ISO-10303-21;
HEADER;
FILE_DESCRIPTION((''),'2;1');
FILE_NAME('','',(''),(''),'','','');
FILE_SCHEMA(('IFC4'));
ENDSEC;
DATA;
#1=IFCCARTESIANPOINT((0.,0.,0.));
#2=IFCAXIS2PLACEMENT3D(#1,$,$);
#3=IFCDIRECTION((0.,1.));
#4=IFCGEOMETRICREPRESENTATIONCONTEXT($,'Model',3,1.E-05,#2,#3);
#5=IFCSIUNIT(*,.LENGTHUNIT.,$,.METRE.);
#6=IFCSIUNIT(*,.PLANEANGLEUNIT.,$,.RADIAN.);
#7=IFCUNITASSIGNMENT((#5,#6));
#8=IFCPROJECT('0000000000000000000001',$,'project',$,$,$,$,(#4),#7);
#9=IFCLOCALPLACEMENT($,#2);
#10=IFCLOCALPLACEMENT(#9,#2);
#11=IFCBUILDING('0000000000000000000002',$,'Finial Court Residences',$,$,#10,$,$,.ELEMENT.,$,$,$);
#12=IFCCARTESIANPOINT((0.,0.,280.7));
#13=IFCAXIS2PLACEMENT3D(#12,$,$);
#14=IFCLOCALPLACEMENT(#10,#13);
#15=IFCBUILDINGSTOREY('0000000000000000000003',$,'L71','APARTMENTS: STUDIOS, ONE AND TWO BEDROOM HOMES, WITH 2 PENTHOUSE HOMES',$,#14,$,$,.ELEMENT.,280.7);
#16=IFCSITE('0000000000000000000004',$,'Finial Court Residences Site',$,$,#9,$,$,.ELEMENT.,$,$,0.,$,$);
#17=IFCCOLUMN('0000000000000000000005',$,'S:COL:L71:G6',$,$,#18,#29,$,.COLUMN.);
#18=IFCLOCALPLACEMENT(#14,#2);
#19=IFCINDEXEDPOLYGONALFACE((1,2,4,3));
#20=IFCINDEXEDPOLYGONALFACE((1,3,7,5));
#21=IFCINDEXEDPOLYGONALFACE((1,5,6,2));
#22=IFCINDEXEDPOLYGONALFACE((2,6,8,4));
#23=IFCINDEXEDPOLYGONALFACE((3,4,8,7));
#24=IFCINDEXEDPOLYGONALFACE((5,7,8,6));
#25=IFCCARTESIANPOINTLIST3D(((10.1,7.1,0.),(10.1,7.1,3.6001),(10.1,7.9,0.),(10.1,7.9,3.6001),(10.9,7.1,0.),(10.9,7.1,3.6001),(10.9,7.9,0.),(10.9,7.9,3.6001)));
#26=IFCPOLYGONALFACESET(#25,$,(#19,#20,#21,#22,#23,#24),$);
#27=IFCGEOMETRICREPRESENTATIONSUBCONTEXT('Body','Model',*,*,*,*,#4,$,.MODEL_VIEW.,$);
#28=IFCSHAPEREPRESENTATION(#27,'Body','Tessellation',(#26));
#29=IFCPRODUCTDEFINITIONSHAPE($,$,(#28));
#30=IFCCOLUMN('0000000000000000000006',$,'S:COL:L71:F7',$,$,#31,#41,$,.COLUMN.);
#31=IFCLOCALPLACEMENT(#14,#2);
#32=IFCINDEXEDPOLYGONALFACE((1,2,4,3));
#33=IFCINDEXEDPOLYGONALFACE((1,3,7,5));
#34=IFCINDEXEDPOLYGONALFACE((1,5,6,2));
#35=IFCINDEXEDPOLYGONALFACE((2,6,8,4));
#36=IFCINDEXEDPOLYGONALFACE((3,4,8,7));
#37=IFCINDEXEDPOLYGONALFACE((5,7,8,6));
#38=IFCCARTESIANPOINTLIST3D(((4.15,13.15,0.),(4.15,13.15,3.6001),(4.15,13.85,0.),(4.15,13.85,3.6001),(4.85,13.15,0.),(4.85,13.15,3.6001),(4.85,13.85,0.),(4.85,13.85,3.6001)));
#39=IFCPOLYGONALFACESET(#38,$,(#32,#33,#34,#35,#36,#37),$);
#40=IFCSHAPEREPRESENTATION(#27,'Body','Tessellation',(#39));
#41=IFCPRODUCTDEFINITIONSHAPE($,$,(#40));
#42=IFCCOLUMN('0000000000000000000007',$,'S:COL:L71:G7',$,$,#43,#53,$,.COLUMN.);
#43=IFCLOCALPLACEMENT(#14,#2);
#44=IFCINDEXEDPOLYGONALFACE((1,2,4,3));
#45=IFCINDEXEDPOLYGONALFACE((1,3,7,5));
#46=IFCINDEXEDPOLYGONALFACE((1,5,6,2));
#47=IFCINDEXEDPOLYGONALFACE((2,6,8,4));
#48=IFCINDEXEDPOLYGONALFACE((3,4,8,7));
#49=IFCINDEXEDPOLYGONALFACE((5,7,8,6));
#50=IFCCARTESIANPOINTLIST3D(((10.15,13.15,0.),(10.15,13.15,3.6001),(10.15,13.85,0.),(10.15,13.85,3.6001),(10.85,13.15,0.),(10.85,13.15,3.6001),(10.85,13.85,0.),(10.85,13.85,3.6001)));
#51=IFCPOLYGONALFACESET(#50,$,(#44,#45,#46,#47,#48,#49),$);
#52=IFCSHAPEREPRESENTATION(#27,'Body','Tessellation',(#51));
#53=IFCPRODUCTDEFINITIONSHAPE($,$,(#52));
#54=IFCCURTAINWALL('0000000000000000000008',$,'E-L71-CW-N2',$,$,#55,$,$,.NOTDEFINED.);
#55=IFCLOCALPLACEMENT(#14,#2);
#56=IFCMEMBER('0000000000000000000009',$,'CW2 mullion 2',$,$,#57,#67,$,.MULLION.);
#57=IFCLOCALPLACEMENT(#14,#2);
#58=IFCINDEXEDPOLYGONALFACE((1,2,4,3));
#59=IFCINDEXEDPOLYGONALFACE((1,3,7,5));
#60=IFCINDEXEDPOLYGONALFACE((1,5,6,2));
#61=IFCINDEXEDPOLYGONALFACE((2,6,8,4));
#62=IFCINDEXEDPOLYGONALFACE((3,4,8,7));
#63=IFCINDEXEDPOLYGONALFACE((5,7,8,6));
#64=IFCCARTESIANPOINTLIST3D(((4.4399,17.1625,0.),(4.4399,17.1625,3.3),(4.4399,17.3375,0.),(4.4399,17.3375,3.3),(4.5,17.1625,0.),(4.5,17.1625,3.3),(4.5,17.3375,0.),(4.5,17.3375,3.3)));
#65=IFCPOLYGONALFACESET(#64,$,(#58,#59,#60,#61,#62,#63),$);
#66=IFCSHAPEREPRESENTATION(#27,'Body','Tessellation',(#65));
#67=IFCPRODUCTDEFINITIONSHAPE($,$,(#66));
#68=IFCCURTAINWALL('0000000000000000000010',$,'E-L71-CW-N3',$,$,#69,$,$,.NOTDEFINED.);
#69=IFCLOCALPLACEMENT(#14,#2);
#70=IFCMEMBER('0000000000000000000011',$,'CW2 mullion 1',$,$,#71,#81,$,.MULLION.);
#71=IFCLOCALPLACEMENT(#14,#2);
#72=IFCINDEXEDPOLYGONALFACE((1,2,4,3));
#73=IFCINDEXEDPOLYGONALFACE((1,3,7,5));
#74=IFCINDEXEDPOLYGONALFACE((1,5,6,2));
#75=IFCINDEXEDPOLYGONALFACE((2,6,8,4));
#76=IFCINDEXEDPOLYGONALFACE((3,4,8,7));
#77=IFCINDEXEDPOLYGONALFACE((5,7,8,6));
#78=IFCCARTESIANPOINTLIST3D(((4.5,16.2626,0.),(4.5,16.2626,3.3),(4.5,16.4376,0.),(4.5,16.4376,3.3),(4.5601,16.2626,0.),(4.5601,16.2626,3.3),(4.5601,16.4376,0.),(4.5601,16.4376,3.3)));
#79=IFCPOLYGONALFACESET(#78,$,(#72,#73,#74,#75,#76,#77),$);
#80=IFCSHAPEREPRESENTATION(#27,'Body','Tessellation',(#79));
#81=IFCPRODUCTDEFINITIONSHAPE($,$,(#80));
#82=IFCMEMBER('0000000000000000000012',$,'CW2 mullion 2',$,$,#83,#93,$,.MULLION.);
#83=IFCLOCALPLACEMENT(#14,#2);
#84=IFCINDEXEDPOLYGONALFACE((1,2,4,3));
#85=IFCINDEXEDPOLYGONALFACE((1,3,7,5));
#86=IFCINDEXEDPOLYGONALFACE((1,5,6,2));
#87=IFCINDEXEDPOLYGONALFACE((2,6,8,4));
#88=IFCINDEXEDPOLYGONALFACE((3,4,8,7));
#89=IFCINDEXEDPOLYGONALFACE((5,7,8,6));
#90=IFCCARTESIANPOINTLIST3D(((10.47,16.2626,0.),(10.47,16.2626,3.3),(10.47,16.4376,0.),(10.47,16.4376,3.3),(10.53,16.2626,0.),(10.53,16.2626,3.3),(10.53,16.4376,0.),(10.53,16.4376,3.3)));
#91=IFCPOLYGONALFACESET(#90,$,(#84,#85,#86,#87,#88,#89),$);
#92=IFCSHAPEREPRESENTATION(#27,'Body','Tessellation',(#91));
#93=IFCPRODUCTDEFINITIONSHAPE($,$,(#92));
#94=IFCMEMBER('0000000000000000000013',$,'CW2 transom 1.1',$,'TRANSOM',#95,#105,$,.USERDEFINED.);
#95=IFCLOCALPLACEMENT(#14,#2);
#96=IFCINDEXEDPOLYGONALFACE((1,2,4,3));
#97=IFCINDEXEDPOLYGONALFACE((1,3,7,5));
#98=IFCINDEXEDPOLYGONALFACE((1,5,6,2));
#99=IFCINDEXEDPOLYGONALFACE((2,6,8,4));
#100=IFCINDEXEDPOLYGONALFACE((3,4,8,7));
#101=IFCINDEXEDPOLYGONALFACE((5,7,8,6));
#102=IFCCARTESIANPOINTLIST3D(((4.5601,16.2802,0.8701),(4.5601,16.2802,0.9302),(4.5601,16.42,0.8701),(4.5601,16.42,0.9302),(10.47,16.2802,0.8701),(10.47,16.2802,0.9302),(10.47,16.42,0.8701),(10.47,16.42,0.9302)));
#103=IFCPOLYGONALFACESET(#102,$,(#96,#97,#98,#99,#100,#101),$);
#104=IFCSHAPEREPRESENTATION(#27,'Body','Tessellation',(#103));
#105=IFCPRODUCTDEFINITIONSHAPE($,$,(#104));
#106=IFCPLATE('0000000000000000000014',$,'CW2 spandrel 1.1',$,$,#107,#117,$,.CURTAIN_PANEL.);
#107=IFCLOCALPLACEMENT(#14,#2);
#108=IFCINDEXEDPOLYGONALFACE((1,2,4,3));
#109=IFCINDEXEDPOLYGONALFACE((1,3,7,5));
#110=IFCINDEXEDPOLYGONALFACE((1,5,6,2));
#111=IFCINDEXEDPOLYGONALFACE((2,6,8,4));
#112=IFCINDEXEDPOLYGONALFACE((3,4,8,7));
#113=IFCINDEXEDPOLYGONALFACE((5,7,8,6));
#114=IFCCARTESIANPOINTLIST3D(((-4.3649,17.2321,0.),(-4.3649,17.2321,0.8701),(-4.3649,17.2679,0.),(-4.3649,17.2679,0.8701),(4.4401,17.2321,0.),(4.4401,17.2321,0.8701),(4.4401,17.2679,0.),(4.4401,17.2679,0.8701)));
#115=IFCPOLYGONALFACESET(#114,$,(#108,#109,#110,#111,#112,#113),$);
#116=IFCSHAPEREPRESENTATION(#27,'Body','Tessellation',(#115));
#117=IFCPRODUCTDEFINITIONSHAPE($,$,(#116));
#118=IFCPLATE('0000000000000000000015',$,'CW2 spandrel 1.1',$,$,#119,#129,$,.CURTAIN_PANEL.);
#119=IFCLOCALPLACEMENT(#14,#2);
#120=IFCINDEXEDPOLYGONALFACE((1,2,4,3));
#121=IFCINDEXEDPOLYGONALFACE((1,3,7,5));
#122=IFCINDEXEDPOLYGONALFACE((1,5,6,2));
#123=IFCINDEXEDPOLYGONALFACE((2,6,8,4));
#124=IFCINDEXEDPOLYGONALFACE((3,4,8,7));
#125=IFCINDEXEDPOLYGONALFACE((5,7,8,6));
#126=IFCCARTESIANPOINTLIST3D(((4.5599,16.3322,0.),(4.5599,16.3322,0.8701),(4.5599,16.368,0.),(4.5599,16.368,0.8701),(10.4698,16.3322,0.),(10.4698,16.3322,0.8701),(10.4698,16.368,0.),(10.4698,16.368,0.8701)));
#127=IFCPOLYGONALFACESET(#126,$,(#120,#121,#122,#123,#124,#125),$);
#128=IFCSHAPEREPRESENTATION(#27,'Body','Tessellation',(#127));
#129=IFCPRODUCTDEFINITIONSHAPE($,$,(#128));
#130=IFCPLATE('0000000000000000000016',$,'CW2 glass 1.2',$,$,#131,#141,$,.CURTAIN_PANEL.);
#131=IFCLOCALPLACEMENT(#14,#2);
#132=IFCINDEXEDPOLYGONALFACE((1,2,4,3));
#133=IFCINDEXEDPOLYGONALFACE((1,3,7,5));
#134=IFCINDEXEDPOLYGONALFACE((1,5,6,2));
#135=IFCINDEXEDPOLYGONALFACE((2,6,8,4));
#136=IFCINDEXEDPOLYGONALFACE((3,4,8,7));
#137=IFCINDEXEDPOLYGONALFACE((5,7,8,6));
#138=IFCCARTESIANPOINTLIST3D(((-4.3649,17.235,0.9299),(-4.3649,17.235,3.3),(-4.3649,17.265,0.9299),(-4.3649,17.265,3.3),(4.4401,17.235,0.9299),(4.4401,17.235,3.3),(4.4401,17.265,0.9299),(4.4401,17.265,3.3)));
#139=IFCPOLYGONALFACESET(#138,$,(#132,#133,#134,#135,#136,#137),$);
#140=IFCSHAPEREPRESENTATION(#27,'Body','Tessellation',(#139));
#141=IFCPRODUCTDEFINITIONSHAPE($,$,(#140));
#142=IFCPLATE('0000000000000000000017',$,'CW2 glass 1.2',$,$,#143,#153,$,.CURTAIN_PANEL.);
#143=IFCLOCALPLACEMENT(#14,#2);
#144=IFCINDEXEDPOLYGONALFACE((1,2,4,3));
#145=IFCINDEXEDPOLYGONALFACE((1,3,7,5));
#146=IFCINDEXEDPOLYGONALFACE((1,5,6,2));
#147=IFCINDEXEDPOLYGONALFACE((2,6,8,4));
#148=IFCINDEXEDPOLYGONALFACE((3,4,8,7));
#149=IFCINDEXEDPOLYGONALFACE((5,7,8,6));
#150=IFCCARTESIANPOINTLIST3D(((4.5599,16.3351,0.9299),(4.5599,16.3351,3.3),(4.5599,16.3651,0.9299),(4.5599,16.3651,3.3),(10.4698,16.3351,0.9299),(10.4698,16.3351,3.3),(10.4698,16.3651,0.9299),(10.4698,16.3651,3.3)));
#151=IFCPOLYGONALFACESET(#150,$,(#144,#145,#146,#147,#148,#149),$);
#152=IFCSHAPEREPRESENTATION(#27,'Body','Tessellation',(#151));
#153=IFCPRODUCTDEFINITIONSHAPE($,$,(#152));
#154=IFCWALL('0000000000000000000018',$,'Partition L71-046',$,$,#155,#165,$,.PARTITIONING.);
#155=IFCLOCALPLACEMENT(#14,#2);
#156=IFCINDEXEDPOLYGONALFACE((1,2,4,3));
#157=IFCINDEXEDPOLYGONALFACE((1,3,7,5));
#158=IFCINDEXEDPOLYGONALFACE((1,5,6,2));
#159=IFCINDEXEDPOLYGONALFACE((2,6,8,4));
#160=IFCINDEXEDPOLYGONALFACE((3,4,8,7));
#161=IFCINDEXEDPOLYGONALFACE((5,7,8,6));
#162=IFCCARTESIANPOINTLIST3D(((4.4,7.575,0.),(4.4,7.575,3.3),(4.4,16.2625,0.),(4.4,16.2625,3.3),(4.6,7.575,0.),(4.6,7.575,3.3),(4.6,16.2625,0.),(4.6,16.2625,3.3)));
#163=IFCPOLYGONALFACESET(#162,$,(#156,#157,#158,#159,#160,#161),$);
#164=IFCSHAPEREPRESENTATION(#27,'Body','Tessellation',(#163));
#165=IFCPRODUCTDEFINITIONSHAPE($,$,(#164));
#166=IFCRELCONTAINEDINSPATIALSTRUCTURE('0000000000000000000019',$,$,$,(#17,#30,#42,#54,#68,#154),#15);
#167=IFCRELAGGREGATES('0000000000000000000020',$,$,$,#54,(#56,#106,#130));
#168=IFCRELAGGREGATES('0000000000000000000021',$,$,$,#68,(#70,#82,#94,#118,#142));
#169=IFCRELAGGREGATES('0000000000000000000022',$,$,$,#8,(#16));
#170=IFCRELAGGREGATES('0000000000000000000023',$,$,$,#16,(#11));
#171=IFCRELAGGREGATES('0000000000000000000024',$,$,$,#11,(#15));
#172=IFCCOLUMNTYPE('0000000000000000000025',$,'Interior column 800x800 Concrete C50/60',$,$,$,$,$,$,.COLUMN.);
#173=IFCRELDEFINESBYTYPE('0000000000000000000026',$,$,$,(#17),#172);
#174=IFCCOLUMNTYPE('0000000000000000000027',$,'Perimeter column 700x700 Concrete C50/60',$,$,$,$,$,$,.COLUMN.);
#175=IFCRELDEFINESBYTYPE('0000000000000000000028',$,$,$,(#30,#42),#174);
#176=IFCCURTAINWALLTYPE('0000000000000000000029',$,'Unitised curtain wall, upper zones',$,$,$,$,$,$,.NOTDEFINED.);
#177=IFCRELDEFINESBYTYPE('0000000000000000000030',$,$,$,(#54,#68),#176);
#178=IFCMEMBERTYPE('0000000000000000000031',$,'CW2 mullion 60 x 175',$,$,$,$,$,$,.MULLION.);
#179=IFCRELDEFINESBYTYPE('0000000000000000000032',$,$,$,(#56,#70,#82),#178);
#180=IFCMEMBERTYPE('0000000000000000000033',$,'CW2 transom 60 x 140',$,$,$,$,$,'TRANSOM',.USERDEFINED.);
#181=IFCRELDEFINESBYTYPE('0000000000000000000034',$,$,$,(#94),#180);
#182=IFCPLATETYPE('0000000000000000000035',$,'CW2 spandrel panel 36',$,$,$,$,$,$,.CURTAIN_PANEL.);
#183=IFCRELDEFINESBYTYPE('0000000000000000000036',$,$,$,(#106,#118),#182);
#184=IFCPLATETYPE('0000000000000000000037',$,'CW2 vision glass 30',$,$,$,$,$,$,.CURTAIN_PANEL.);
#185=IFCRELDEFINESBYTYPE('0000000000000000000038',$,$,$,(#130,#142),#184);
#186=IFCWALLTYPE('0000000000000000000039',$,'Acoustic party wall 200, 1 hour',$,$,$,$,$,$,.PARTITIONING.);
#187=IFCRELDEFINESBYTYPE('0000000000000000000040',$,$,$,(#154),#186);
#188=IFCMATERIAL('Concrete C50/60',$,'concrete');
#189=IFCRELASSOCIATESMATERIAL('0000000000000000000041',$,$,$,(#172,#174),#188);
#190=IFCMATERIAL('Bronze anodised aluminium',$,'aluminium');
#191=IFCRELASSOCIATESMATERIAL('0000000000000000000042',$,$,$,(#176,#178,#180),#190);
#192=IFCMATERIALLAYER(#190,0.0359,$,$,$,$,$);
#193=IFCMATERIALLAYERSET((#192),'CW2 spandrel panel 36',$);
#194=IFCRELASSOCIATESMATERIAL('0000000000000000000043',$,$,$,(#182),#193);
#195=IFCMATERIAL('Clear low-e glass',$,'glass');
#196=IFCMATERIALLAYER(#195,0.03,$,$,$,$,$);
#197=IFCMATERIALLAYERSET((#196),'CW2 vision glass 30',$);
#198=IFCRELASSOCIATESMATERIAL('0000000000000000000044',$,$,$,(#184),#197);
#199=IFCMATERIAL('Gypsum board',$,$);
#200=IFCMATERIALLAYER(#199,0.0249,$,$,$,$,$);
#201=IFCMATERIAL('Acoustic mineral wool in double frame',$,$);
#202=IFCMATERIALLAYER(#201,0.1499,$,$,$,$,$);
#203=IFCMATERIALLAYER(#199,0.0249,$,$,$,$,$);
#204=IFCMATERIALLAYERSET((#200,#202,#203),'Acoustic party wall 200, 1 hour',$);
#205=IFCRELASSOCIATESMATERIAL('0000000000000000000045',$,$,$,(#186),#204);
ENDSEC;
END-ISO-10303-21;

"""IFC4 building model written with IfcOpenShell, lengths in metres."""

from ifc_helpers import new_model, si_unit, direction, frame, frame_2d, origin, origin_2d, place, context, subcontext, project, spatial, rectangle, extrude, material, layer, layer_set, material_profile, profile_set, type_object, element, aggregate, save


model = new_model("IFC4")

# Units and contexts
model_context = context("Model", 3, precision=1e-05, world=origin(), true_north=direction((0.0, 1.0)))
body_context = subcontext(model_context, "Body", "Model", "MODEL_VIEW")
ifc_project = project(units=[si_unit("LENGTHUNIT", "METRE"), si_unit("PLANEANGLEUNIT", "RADIAN")], contexts=[model_context])

# Site, building, storey
site_placement = place(None, origin())
site = spatial("IfcSite", under=ifc_project, at=site_placement, Name="Finial Court Residences Site", CompositionType="ELEMENT", RefElevation=0.0)
building_placement = place(site_placement, origin())
building = spatial("IfcBuilding", under=site, at=building_placement, Name="Finial Court Residences", CompositionType="ELEMENT")
storey_placement = place(building_placement, frame((0.0, 0.0, 280.7)))
storey = spatial("IfcBuildingStorey", under=building, at=storey_placement, Name="L71", Description="APARTMENTS: STUDIOS, ONE AND TWO BEDROOM HOMES, WITH 2 PENTHOUSE HOMES", CompositionType="ELEMENT", Elevation=280.7)

# Columns
ifc_material_1 = material(Name="Concrete C50/60", Category="concrete")
ifc_material_profile_1 = material_profile(ifc_material_1, rectangle(XDim=0.8, YDim=0.8, at=origin_2d()), Name="800x800")
ifc_profile_set_1 = profile_set([ifc_material_profile_1], Name="Concrete C50/60")
column_type_1 = type_object("IfcColumnType", Name="Interior column 800x800 Concrete C50/60", PredefinedType="COLUMN", material=ifc_profile_set_1)
column_placement = place(storey_placement, frame((10.5, 7.5, 0.0), z_axis=(0.0, 0.0, 1.0), x_axis=(1.0, 0.0, 0.0)))
element("IfcColumn", 1, at=column_placement, inside=storey, type_object=column_type_1, Name="S:COL:L71:G6", PredefinedType="COLUMN", context=body_context, shape_type="SweptSolid", body=[
    extrude(rectangle(XDim=0.8, YDim=0.8, at=origin_2d()), origin(), (0.0, 0.0, 1.0), 3.6001),
])
ifc_material_profile_2 = material_profile(ifc_material_1, rectangle(XDim=0.7, YDim=0.7, at=origin_2d()), Name="700x700")
ifc_profile_set_2 = profile_set([ifc_material_profile_2], Name="Concrete C50/60")
column_type_2 = type_object("IfcColumnType", Name="Perimeter column 700x700 Concrete C50/60", PredefinedType="COLUMN", material=ifc_profile_set_2)
for number, where, z_axis, x_axis, name in (
    (2, (4.5, 13.5, 0.0), (0.0, 0.0, 1.0), (1.0, 0.0, 0.0), "S:COL:L71:F7"),
    (3, (10.5, 13.5, 0.0), (0.0, 0.0, 1.0), (1.0, 0.0, 0.0), "S:COL:L71:G7"),
):
    element("IfcColumn", number, at=place(storey_placement, frame(where, z_axis=z_axis, x_axis=x_axis)), inside=storey, type_object=column_type_2, Name=name, PredefinedType="COLUMN", context=body_context, shape_type="SweptSolid", body=[
        extrude(rectangle(XDim=0.7, YDim=0.7, at=origin_2d()), origin(), (0.0, 0.0, 1.0), 3.6001),
    ])

# Curtain wall, member
ifc_material_2 = material(Name="Bronze anodised aluminium", Category="aluminium")
curtain_wall_type = type_object("IfcCurtainWallType", Name="Unitised curtain wall, upper zones", PredefinedType="NOTDEFINED", material=ifc_material_2)
curtain_wall_1_placement = place(storey_placement, origin())
curtain_wall_1 = element("IfcCurtainWall", 4, at=curtain_wall_1_placement, inside=storey, type_object=curtain_wall_type, Name="E-L71-CW-N2", PredefinedType="NOTDEFINED")
ifc_material_profile_3 = material_profile(ifc_material_2, rectangle(XDim=0.175, YDim=0.0601, at=origin_2d()), Name="CW2 mullion 60 x 175")
ifc_profile_set_3 = profile_set([ifc_material_profile_3], Name="Bronze anodised aluminium")
member_type_1 = type_object("IfcMemberType", Name="CW2 mullion 60 x 175", PredefinedType="MULLION", material=ifc_profile_set_3)
member_1_placement = place(storey_placement, frame((4.47, 17.25, 0.0), z_axis=(0.0, 0.0, 1.0), x_axis=(0.0, 1.0, 0.0)))
member_1 = element("IfcMember", 5, at=member_1_placement, type_object=member_type_1, Name="CW2 mullion 2", PredefinedType="MULLION", context=body_context, shape_type="SweptSolid", body=[
    extrude(rectangle(XDim=0.175, YDim=0.0601, at=origin_2d()), origin(), (0.0, 0.0, 1.0), 3.3),
])

# Curtain wall, members
curtain_wall_2_placement = place(storey_placement, origin())
curtain_wall_2 = element("IfcCurtainWall", 6, at=curtain_wall_2_placement, inside=storey, type_object=curtain_wall_type, Name="E-L71-CW-N3", PredefinedType="NOTDEFINED")
member_2_placement = place(storey_placement, frame((4.53, 16.3501, 0.0), z_axis=(0.0, 0.0, 1.0), x_axis=(0.0, 1.0, 0.0)))
member_2 = element("IfcMember", 7, at=member_2_placement, type_object=member_type_1, Name="CW2 mullion 1", PredefinedType="MULLION", context=body_context, shape_type="SweptSolid", body=[
    extrude(rectangle(XDim=0.175, YDim=0.0601, at=origin_2d()), origin(), (0.0, 0.0, 1.0), 3.3),
])
member_3_placement = place(storey_placement, frame((10.5, 16.3501, 0.0), z_axis=(0.0, 0.0, 1.0), x_axis=(0.0, 1.0, 0.0)))
member_3 = element("IfcMember", 8, at=member_3_placement, type_object=member_type_1, Name="CW2 mullion 2", PredefinedType="MULLION", context=body_context, shape_type="SweptSolid", body=[
    extrude(rectangle(XDim=0.175, YDim=0.0601, at=origin_2d()), origin(), (0.0, 0.0, 1.0), 3.3),
])
ifc_material_profile_4 = material_profile(ifc_material_2, rectangle(XDim=0.1399, YDim=0.0601, at=origin_2d()), Name="CW2 transom 60 x 140")
ifc_profile_set_4 = profile_set([ifc_material_profile_4], Name="Bronze anodised aluminium")
member_type_2 = type_object("IfcMemberType", Name="CW2 transom 60 x 140", ElementType="TRANSOM", PredefinedType="USERDEFINED", material=ifc_profile_set_4)
member_4_placement = place(storey_placement, frame((4.5601, 16.3501, 0.9001), z_axis=(1.0, 0.0, 0.0), x_axis=(0.0, 1.0, 0.0)))
member_4 = element("IfcMember", 9, at=member_4_placement, type_object=member_type_2, Name="CW2 transom 1.1", ObjectType="TRANSOM", PredefinedType="USERDEFINED", context=body_context, shape_type="SweptSolid", body=[
    extrude(rectangle(XDim=0.1399, YDim=0.0601, at=origin_2d()), origin(), (0.0, 0.0, 1.0), 5.9099),
])

# Plates
ifc_layer_1 = layer(ifc_material_2, 0.0359)
ifc_layer_set_1 = layer_set([ifc_layer_1], Name="CW2 spandrel panel 36")
plate_type_1 = type_object("IfcPlateType", Name="CW2 spandrel panel 36", PredefinedType="CURTAIN_PANEL", material=ifc_layer_set_1)
plate_1_placement = place(storey_placement, frame((0.0376, 17.25, 0.0), z_axis=(0.0, 0.0, 1.0), x_axis=(1.0, 0.0, 0.0)))
plate_1 = element("IfcPlate", 10, at=plate_1_placement, type_object=plate_type_1, Name="CW2 spandrel 1.1", PredefinedType="CURTAIN_PANEL", context=body_context, shape_type="SweptSolid", body=[
    extrude(rectangle(XDim=8.8049, YDim=0.0359, at=origin_2d()), origin(), (0.0, 0.0, 1.0), 0.8701),
])
plate_2_placement = place(storey_placement, frame((7.5149, 16.3501, 0.0), z_axis=(0.0, 0.0, 1.0), x_axis=(1.0, 0.0, 0.0)))
plate_2 = element("IfcPlate", 11, at=plate_2_placement, type_object=plate_type_1, Name="CW2 spandrel 1.1", PredefinedType="CURTAIN_PANEL", context=body_context, shape_type="SweptSolid", body=[
    extrude(rectangle(XDim=5.9099, YDim=0.0359, at=origin_2d()), origin(), (0.0, 0.0, 1.0), 0.8701),
])
ifc_material_3 = material(Name="Clear low-e glass", Category="glass")
ifc_layer_2 = layer(ifc_material_3, 0.03)
ifc_layer_set_2 = layer_set([ifc_layer_2], Name="CW2 vision glass 30")
plate_type_2 = type_object("IfcPlateType", Name="CW2 vision glass 30", PredefinedType="CURTAIN_PANEL", material=ifc_layer_set_2)
plate_3_placement = place(storey_placement, frame((0.0376, 17.25, 0.9299), z_axis=(0.0, 0.0, 1.0), x_axis=(1.0, 0.0, 0.0)))
plate_3 = element("IfcPlate", 12, at=plate_3_placement, type_object=plate_type_2, Name="CW2 glass 1.2", PredefinedType="CURTAIN_PANEL", context=body_context, shape_type="SweptSolid", body=[
    extrude(rectangle(XDim=8.8049, YDim=0.03, at=origin_2d()), origin(), (0.0, 0.0, 1.0), 2.3701),
])
aggregate(curtain_wall_1, [member_1, plate_1, plate_3])
plate_4_placement = place(storey_placement, frame((7.5149, 16.3501, 0.9299), z_axis=(0.0, 0.0, 1.0), x_axis=(1.0, 0.0, 0.0)))
plate_4 = element("IfcPlate", 13, at=plate_4_placement, type_object=plate_type_2, Name="CW2 glass 1.2", PredefinedType="CURTAIN_PANEL", context=body_context, shape_type="SweptSolid", body=[
    extrude(rectangle(XDim=5.9099, YDim=0.03, at=origin_2d()), origin(), (0.0, 0.0, 1.0), 2.3701),
])
aggregate(curtain_wall_2, [member_2, member_3, member_4, plate_2, plate_4])

# Wall
ifc_material_4 = material(Name="Gypsum board")
ifc_layer_3 = layer(ifc_material_4, 0.0249)
ifc_material_5 = material(Name="Acoustic mineral wool in double frame")
ifc_layer_4 = layer(ifc_material_5, 0.1499)
ifc_layer_5 = layer(ifc_material_4, 0.0249)
ifc_layer_set_3 = layer_set([ifc_layer_3, ifc_layer_4, ifc_layer_5], Name="Acoustic party wall 200, 1 hour")
wall_type_1 = type_object("IfcWallType", Name="Acoustic party wall 200, 1 hour", PredefinedType="PARTITIONING", material=ifc_layer_set_3)
wall_1_placement = place(storey_placement, frame((4.5, 7.575, 0.0), z_axis=(0.0, 0.0, 1.0), x_axis=(0.0, 1.0, 0.0)))
element("IfcWall", 14, at=wall_1_placement, inside=storey, type_object=wall_type_1, Name="Partition L71-046", PredefinedType="PARTITIONING", context=body_context, shape_type="SweptSolid", body=[
    extrude(rectangle(XDim=8.6875, YDim=0.2, at=frame_2d((4.3438, 0.0))), origin(), (0.0, 0.0, 1.0), 3.3),
])

save(model, "model.ifc")
